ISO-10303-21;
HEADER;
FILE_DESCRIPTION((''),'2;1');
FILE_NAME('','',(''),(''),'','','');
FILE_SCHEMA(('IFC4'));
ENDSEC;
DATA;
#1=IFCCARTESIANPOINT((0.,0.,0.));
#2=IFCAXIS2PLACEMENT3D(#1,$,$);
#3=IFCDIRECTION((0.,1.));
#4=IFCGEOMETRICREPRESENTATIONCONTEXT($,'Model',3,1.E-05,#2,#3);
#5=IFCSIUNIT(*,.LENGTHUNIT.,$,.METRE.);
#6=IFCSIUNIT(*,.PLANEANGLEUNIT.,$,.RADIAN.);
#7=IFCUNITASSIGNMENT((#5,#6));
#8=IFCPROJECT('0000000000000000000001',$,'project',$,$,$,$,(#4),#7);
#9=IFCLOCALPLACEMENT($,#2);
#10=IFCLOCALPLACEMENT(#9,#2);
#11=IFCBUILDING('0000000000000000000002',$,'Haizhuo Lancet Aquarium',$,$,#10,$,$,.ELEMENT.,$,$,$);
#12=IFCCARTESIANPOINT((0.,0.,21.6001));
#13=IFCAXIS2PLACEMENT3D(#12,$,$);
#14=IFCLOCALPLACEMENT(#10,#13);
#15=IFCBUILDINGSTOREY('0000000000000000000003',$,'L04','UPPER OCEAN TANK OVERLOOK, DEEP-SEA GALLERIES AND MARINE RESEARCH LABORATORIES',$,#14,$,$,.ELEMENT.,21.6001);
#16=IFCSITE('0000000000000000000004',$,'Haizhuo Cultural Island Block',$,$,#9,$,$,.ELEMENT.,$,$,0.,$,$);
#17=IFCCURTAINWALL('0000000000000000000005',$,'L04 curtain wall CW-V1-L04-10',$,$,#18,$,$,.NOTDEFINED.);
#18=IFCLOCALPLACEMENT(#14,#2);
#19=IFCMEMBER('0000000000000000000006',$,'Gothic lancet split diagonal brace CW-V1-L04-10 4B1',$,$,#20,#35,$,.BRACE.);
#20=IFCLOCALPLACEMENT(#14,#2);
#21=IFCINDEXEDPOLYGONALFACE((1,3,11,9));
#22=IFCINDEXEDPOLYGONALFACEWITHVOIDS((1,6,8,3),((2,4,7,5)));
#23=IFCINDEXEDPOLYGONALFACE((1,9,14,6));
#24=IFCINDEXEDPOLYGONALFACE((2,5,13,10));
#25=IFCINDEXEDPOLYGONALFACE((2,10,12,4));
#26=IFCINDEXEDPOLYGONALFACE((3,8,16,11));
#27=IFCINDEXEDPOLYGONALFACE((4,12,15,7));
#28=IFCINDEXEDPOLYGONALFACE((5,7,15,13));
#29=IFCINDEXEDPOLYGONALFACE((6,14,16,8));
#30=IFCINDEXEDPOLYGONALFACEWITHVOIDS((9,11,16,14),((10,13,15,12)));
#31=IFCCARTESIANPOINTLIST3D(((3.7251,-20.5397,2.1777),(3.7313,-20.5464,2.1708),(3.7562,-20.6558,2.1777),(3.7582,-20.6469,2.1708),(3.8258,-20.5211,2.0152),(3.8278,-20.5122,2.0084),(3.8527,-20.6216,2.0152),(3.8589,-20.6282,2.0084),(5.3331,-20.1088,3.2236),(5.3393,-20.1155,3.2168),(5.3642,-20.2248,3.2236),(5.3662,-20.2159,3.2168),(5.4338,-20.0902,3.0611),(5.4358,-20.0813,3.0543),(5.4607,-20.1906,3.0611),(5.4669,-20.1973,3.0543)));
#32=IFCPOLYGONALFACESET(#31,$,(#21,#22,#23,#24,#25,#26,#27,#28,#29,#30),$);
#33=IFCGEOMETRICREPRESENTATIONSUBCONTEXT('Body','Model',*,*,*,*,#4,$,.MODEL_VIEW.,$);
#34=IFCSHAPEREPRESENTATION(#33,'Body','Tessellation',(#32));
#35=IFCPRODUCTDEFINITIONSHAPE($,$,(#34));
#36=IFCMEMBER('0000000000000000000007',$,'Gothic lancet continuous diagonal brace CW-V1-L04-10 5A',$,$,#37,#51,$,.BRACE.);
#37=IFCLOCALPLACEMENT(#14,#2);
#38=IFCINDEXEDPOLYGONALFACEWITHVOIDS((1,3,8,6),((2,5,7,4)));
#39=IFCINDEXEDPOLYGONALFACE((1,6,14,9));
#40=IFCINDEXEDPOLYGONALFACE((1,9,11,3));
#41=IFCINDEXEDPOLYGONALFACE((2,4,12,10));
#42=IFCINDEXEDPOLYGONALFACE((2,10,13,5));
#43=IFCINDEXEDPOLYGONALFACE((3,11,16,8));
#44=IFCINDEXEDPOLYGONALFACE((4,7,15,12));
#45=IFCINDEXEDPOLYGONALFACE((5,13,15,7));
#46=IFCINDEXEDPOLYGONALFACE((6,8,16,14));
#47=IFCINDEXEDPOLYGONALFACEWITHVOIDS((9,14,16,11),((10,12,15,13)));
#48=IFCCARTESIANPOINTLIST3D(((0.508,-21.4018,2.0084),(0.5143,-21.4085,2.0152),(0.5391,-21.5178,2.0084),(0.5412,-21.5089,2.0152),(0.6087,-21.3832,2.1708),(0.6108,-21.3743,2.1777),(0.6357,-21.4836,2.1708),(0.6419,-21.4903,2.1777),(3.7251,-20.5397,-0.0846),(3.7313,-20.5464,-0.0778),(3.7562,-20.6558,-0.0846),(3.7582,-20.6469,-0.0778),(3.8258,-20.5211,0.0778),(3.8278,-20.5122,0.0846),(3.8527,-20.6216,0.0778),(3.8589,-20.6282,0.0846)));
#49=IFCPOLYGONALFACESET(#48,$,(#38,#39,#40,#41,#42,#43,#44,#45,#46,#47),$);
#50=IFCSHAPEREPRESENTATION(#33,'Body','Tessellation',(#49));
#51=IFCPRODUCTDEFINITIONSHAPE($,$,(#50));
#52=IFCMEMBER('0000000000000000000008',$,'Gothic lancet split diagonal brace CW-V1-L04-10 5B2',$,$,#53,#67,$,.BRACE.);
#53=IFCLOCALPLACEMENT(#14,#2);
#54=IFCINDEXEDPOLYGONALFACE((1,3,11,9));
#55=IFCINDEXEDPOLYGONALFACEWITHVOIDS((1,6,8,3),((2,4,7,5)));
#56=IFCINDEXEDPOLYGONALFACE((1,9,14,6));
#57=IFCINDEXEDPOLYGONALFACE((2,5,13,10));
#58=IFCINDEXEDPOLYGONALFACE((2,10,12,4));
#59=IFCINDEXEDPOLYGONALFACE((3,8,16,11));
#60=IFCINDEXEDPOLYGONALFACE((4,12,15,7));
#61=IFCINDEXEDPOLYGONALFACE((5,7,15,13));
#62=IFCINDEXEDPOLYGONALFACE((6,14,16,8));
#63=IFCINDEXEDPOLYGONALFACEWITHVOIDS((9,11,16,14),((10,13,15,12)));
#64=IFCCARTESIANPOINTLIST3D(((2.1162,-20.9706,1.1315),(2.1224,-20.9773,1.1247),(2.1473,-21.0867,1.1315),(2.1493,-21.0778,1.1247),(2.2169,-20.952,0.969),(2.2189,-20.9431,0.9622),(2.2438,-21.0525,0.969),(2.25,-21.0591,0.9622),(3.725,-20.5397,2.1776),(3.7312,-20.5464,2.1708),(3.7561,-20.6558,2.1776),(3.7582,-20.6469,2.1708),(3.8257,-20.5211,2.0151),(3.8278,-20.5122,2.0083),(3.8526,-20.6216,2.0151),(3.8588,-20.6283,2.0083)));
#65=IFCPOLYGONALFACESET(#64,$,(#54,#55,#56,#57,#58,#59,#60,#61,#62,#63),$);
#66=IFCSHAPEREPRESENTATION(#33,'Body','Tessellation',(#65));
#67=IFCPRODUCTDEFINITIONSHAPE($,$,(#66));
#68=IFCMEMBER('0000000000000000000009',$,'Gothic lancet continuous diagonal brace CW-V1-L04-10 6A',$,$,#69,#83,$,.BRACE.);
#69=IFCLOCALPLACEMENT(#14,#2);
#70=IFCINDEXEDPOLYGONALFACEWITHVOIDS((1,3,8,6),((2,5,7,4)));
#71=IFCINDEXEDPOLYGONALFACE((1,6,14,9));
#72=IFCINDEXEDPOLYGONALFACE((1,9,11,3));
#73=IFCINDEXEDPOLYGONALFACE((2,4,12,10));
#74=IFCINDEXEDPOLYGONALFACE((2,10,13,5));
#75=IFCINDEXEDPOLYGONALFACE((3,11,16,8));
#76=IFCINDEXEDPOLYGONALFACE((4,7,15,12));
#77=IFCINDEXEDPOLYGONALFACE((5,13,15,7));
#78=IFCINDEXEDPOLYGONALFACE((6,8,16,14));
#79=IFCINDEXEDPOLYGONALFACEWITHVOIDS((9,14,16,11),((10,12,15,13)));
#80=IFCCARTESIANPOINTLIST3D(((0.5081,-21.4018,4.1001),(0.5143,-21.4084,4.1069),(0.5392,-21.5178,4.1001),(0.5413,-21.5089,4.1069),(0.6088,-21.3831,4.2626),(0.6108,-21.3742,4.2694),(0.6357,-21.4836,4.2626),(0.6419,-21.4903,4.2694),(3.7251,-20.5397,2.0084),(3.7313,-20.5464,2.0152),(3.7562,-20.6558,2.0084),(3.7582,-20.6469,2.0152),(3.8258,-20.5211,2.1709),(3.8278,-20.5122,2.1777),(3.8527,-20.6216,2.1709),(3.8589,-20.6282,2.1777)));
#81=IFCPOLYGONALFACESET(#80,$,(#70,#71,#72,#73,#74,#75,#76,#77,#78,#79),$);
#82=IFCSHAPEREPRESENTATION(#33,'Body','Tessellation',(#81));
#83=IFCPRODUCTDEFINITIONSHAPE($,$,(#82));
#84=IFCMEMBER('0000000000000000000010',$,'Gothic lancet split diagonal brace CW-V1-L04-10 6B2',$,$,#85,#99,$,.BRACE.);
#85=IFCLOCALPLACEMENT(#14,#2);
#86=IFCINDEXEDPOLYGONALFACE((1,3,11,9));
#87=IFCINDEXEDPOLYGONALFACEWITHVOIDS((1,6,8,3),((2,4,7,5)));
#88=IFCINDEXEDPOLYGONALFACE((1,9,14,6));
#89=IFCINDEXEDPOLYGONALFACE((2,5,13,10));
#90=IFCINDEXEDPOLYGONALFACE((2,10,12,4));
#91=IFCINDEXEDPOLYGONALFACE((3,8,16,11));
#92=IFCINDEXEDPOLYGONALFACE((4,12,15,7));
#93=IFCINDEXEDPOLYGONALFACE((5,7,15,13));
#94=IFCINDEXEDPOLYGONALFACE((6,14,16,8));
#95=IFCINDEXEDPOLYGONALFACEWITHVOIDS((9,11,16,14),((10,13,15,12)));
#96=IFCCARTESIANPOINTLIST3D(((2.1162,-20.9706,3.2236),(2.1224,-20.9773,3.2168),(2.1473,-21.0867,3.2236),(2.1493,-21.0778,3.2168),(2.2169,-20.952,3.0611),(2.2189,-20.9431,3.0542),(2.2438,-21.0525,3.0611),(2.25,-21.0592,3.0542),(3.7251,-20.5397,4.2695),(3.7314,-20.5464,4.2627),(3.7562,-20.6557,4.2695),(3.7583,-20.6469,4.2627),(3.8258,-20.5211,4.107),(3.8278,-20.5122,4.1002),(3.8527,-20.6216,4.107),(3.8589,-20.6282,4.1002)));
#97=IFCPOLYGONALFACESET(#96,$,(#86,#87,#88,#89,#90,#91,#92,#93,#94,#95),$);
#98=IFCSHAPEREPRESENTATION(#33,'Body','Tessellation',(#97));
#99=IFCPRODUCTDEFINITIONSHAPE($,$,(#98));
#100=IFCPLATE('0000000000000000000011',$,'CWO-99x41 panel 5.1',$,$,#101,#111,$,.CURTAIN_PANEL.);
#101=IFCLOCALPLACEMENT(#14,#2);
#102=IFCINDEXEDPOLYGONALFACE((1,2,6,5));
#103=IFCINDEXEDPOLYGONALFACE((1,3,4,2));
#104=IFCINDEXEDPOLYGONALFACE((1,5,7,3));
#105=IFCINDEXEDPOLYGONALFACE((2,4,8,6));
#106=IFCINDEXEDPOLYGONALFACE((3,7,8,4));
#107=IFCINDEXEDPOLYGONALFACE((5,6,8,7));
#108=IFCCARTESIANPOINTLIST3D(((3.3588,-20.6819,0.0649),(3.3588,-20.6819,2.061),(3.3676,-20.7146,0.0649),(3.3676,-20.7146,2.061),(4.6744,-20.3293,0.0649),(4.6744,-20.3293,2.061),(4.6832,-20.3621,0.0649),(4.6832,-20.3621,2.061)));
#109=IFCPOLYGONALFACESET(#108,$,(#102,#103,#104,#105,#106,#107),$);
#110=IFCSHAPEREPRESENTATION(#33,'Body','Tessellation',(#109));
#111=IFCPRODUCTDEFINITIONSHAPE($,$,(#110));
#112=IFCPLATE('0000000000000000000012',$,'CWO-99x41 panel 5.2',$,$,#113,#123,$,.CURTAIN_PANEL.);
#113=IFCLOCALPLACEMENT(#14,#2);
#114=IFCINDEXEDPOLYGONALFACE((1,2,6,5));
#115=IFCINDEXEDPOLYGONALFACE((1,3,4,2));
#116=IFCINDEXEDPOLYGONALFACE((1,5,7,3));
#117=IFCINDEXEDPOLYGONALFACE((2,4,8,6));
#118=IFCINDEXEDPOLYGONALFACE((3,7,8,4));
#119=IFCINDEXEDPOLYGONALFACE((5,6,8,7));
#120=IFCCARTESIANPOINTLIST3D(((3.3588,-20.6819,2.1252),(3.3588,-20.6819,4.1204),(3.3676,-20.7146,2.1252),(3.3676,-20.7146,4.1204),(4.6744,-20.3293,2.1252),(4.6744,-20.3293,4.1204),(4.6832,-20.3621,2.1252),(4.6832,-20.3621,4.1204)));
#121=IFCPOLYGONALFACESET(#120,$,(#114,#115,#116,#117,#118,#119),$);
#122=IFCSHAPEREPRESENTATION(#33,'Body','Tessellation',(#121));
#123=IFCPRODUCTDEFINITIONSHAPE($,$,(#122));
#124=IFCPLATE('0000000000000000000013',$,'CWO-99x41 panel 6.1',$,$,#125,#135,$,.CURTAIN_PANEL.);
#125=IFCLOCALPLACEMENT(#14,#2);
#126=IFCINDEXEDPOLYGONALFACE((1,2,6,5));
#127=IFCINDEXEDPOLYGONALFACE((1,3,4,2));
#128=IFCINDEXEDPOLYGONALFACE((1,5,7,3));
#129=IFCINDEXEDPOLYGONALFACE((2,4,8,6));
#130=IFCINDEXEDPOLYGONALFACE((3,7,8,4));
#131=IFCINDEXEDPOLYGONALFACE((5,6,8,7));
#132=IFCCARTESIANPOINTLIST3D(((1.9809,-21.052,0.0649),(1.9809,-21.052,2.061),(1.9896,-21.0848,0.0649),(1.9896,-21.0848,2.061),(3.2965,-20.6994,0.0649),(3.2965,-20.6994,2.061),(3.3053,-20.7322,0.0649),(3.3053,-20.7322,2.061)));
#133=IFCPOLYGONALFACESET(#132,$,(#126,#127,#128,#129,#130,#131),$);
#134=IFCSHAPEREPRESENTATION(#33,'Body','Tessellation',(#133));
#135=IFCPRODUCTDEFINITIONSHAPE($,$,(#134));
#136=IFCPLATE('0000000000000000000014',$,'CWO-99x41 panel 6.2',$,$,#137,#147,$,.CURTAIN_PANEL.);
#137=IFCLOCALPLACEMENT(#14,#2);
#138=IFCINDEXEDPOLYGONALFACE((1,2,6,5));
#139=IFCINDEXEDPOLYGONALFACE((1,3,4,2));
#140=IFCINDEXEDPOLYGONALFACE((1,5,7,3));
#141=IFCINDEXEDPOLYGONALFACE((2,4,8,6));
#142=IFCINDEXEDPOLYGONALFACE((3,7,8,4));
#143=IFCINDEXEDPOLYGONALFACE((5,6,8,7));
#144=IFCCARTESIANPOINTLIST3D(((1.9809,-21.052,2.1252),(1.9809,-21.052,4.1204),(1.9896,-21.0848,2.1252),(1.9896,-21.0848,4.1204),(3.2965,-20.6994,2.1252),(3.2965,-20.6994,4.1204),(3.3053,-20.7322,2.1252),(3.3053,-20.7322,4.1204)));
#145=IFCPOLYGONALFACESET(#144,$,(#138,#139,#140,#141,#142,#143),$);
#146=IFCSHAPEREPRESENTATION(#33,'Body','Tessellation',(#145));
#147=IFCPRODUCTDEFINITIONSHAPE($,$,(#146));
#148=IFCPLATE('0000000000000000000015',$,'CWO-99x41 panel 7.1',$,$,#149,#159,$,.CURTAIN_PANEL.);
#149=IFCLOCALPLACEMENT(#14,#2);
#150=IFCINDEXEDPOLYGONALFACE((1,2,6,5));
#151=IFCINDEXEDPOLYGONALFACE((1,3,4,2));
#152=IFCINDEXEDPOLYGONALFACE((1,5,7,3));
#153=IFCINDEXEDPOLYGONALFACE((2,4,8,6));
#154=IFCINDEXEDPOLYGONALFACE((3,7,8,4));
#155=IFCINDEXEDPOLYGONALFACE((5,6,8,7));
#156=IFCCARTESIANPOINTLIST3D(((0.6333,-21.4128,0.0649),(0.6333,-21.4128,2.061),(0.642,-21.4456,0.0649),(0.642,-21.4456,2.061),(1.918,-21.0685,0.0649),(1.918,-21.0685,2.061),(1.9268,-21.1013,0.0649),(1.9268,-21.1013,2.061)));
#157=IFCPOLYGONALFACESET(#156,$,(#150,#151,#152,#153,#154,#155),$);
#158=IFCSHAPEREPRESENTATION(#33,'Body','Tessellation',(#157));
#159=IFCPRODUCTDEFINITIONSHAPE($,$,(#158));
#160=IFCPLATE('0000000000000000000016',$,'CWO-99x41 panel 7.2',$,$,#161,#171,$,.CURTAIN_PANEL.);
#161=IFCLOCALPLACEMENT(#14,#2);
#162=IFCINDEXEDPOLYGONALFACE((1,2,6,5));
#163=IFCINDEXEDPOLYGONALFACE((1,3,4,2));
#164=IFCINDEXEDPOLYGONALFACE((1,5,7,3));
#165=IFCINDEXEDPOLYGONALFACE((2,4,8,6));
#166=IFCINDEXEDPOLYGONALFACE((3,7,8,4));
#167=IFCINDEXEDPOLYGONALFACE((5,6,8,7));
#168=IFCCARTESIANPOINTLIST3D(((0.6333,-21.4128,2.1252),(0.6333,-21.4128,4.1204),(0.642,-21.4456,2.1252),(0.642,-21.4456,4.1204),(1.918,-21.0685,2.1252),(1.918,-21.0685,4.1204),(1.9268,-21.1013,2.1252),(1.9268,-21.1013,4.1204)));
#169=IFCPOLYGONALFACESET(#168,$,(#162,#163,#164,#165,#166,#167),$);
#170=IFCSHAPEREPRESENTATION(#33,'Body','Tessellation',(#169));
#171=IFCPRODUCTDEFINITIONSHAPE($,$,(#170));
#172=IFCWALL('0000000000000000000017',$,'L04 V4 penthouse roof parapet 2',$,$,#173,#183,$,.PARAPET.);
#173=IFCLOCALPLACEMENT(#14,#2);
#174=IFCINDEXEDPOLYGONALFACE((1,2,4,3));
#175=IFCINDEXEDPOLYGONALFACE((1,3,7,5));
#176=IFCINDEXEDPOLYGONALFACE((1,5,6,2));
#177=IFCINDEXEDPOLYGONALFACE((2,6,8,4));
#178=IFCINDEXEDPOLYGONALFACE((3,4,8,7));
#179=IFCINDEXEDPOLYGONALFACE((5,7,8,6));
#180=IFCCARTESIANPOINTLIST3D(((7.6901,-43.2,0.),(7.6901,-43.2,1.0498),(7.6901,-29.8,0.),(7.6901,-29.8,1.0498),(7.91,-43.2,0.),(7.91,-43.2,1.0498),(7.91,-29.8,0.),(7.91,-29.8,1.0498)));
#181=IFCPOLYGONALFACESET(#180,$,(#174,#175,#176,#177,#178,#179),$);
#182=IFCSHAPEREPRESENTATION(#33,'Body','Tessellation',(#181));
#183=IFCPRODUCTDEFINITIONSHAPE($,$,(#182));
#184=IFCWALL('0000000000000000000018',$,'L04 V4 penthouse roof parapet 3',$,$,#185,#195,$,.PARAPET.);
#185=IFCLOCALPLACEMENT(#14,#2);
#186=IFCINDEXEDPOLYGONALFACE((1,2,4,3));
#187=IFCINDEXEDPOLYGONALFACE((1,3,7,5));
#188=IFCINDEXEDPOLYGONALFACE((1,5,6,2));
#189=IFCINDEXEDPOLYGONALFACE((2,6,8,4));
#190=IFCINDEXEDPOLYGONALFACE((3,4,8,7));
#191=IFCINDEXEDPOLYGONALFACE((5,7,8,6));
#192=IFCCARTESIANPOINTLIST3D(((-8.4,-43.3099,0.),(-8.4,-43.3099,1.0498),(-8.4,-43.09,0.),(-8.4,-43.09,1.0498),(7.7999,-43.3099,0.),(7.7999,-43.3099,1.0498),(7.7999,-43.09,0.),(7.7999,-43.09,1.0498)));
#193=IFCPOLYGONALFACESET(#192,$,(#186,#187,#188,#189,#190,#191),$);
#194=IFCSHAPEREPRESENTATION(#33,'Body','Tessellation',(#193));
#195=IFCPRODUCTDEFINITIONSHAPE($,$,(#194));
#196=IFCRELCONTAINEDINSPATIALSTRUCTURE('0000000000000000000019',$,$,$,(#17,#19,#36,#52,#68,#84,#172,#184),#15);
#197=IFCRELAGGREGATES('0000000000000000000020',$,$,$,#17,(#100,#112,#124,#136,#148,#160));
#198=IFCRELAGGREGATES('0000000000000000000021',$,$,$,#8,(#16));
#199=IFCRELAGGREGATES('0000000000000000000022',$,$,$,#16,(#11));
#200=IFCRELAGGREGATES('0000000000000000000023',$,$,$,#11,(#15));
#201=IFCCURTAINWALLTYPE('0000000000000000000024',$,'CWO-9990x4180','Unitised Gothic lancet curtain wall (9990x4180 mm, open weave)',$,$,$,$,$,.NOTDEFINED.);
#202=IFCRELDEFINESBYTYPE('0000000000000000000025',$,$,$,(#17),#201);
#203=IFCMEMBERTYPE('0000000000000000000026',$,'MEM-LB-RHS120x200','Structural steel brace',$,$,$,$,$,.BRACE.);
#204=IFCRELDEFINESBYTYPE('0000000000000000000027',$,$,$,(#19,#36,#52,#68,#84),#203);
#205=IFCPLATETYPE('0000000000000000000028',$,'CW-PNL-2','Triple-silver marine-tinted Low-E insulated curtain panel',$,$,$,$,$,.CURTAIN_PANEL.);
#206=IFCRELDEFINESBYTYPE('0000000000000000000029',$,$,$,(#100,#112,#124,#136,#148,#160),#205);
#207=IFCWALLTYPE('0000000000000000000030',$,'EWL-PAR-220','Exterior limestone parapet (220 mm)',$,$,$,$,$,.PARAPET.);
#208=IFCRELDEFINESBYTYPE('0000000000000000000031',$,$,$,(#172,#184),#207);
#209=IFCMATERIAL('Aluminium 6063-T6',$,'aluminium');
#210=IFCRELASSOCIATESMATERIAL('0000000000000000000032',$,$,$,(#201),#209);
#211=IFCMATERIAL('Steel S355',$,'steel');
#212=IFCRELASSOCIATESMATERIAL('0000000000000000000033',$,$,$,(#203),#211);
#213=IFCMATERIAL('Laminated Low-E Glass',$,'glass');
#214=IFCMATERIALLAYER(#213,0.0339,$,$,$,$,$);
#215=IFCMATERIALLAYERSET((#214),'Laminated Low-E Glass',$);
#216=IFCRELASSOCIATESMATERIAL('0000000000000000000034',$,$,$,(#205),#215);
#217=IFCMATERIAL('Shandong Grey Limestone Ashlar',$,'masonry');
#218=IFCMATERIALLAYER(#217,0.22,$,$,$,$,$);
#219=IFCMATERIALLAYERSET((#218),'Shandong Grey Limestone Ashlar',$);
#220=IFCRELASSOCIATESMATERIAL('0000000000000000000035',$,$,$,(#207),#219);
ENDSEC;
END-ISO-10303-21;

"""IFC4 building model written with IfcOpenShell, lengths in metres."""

from ifc_helpers import new_model, si_unit, direction, frame, frame_2d, origin, origin_2d, place, context, subcontext, project, spatial, rectangle, hollow_rectangle, extrude, material, layer, layer_set, material_profile, profile_set, type_object, element, aggregate, save


model = new_model("IFC4")

# Units and contexts
model_context = context("Model", 3, precision=1e-05, world=origin(), true_north=direction((0.0, 1.0)))
body_context = subcontext(model_context, "Body", "Model", "MODEL_VIEW")
ifc_project = project(units=[si_unit("LENGTHUNIT", "METRE"), si_unit("PLANEANGLEUNIT", "RADIAN")], contexts=[model_context])

# Site, building, storey
site_placement = place(None, origin())
site = spatial("IfcSite", under=ifc_project, at=site_placement, Name="Haizhuo Cultural Island Block", CompositionType="ELEMENT", RefElevation=0.0)
building_placement = place(site_placement, origin())
building = spatial("IfcBuilding", under=site, at=building_placement, Name="Haizhuo Lancet Aquarium", CompositionType="ELEMENT")
storey_placement = place(building_placement, frame((0.0, 0.0, 21.6001)))
storey = spatial("IfcBuildingStorey", under=building, at=storey_placement, Name="L04", Description="UPPER OCEAN TANK OVERLOOK, DEEP-SEA GALLERIES AND MARINE RESEARCH LABORATORIES", CompositionType="ELEMENT", Elevation=21.6001)

# Curtain wall
ifc_material_1 = material(Name="Aluminium 6063-T6", Category="aluminium")
curtain_wall_type = type_object("IfcCurtainWallType", Name="CWO-9990x4180", Description="Unitised Gothic lancet curtain wall (9990x4180 mm, open weave)", PredefinedType="NOTDEFINED", material=ifc_material_1)
curtain_wall_placement = place(storey_placement, origin())
curtain_wall = element("IfcCurtainWall", 1, at=curtain_wall_placement, inside=storey, type_object=curtain_wall_type, Name="L04 curtain wall CW-V1-L04-10", PredefinedType="NOTDEFINED")

# Members
ifc_material_2 = material(Name="Steel S355", Category="steel")
ifc_material_profile_1 = material_profile(ifc_material_2, hollow_rectangle(XDim=0.1201, YDim=0.2, WallThickness=0.0081, at=origin_2d()), Name="RHS 120x200x8")
ifc_profile_set_1 = profile_set([ifc_material_profile_1], Name="Steel S355")
member_type_1 = type_object("IfcMemberType", Name="MEM-LB-RHS120x200", Description="Structural steel brace", PredefinedType="BRACE", material=ifc_profile_set_1)
member_1_placement = place(storey_placement, frame((3.792, -20.584, 2.093), z_axis=(0.817879, 0.219186, 0.532007), x_axis=(-0.258858, 0.965915, 0.0)))
element("IfcMember", 2, at=member_1_placement, inside=storey, type_object=member_type_1, Name="Gothic lancet split diagonal brace CW-V1-L04-10 4B1", PredefinedType="BRACE", context=body_context, shape_type="SweptSolid", body=[
    extrude(hollow_rectangle(XDim=0.1201, YDim=0.2, WallThickness=0.0081, at=origin_2d()), origin(), (0.0, 0.0, 1.0), 1.9661),
])
member_2_placement = place(storey_placement, frame((3.792, -20.584, 0.0), z_axis=(-0.817836, -0.219153, 0.532087), x_axis=(0.258835, -0.965922, 0.0)))
element("IfcMember", 3, at=member_2_placement, inside=storey, type_object=member_type_1, Name="Gothic lancet continuous diagonal brace CW-V1-L04-10 5A", PredefinedType="BRACE", context=body_context, shape_type="SweptSolid", body=[
    extrude(hollow_rectangle(XDim=0.1201, YDim=0.2, WallThickness=0.0081, at=origin_2d()), origin(), (0.0, 0.0, 1.0), 3.9336),
])
member_3_placement = place(storey_placement, frame((2.1831, -21.0149, 1.0469), z_axis=(0.81799, 0.219082, 0.53188), x_axis=(-0.258712, 0.965955, 0.0)))
element("IfcMember", 4, at=member_3_placement, inside=storey, type_object=member_type_1, Name="Gothic lancet split diagonal brace CW-V1-L04-10 5B2", PredefinedType="BRACE", context=body_context, shape_type="SweptSolid", body=[
    extrude(hollow_rectangle(XDim=0.1201, YDim=0.2, WallThickness=0.0081, at=origin_2d()), origin(), (0.0, 0.0, 1.0), 1.9668),
])
member_4_placement = place(storey_placement, frame((3.792, -20.584, 2.093), z_axis=(-0.817971, -0.219189, 0.531864), x_axis=(0.258835, -0.965922, 0.0)))
element("IfcMember", 5, at=member_4_placement, inside=storey, type_object=member_type_1, Name="Gothic lancet continuous diagonal brace CW-V1-L04-10 6A", PredefinedType="BRACE", context=body_context, shape_type="SweptSolid", body=[
    extrude(hollow_rectangle(XDim=0.1201, YDim=0.2, WallThickness=0.0081, at=origin_2d()), origin(), (0.0, 0.0, 1.0), 3.9329),
])
member_5_placement = place(storey_placement, frame((2.1831, -21.0149, 3.1389), z_axis=(0.818044, 0.219097, 0.53179), x_axis=(-0.258712, 0.965955, 0.0)))
element("IfcMember", 6, at=member_5_placement, inside=storey, type_object=member_type_1, Name="Gothic lancet split diagonal brace CW-V1-L04-10 6B2", PredefinedType="BRACE", context=body_context, shape_type="SweptSolid", body=[
    extrude(hollow_rectangle(XDim=0.1201, YDim=0.2, WallThickness=0.0081, at=origin_2d()), origin(), (0.0, 0.0, 1.0), 1.9668),
])

# Plates
ifc_material_3 = material(Name="Laminated Low-E Glass", Category="glass")
ifc_layer_1 = layer(ifc_material_3, 0.0339)
ifc_layer_set_1 = layer_set([ifc_layer_1], Name="Laminated Low-E Glass")
plate_type = type_object("IfcPlateType", Name="CW-PNL-2", Description="Triple-silver marine-tinted Low-E insulated curtain panel", PredefinedType="CURTAIN_PANEL", material=ifc_layer_set_1)
plate_1_placement = place(storey_placement, frame((4.021, -20.522, 0.0649), z_axis=(0.0, 0.0, 1.0), x_axis=(-0.965917, -0.258853, 0.0)))
plate_1 = element("IfcPlate", 7, at=plate_1_placement, type_object=plate_type, Name="CWO-99x41 panel 5.1", PredefinedType="CURTAIN_PANEL", context=body_context, shape_type="SweptSolid", body=[
    extrude(rectangle(XDim=1.3621, YDim=0.0339, at=origin_2d()), origin(), (0.0, 0.0, 1.0), 1.9961),
])
plate_2_placement = place(storey_placement, frame((4.021, -20.522, 2.1252), z_axis=(0.0, 0.0, 1.0), x_axis=(-0.965917, -0.258853, 0.0)))
plate_2 = element("IfcPlate", 8, at=plate_2_placement, type_object=plate_type, Name="CWO-99x41 panel 5.2", PredefinedType="CURTAIN_PANEL", context=body_context, shape_type="SweptSolid", body=[
    extrude(rectangle(XDim=1.3621, YDim=0.0339, at=origin_2d()), origin(), (0.0, 0.0, 1.0), 1.9951),
])
plate_3_placement = place(storey_placement, frame((2.6431, -20.8921, 0.0649), z_axis=(0.0, 0.0, 1.0), x_axis=(-0.965917, -0.258853, 0.0)))
plate_3 = element("IfcPlate", 9, at=plate_3_placement, type_object=plate_type, Name="CWO-99x41 panel 6.1", PredefinedType="CURTAIN_PANEL", context=body_context, shape_type="SweptSolid", body=[
    extrude(rectangle(XDim=1.3621, YDim=0.0339, at=origin_2d()), origin(), (0.0, 0.0, 1.0), 1.9961),
])
plate_4_placement = place(storey_placement, frame((2.6431, -20.8921, 2.1252), z_axis=(0.0, 0.0, 1.0), x_axis=(-0.965917, -0.258853, 0.0)))
plate_4 = element("IfcPlate", 10, at=plate_4_placement, type_object=plate_type, Name="CWO-99x41 panel 6.2", PredefinedType="CURTAIN_PANEL", context=body_context, shape_type="SweptSolid", body=[
    extrude(rectangle(XDim=1.3621, YDim=0.0339, at=origin_2d()), origin(), (0.0, 0.0, 1.0), 1.9951),
])
plate_5_placement = place(storey_placement, frame((1.28, -21.2571, 0.0649), z_axis=(0.0, 0.0, 1.0), x_axis=(-0.965917, -0.258853, 0.0)))
plate_5 = element("IfcPlate", 11, at=plate_5_placement, type_object=plate_type, Name="CWO-99x41 panel 7.1", PredefinedType="CURTAIN_PANEL", context=body_context, shape_type="SweptSolid", body=[
    extrude(rectangle(XDim=1.3301, YDim=0.0339, at=origin_2d()), origin(), (0.0, 0.0, 1.0), 1.9961),
])
plate_6_placement = place(storey_placement, frame((1.28, -21.2571, 2.1252), z_axis=(0.0, 0.0, 1.0), x_axis=(-0.965917, -0.258853, 0.0)))
plate_6 = element("IfcPlate", 12, at=plate_6_placement, type_object=plate_type, Name="CWO-99x41 panel 7.2", PredefinedType="CURTAIN_PANEL", context=body_context, shape_type="SweptSolid", body=[
    extrude(rectangle(XDim=1.3301, YDim=0.0339, at=origin_2d()), origin(), (0.0, 0.0, 1.0), 1.9951),
])
aggregate(curtain_wall, [plate_1, plate_2, plate_3, plate_4, plate_5, plate_6])

# Walls
ifc_material_4 = material(Name="Shandong Grey Limestone Ashlar", Category="masonry")
ifc_layer_2 = layer(ifc_material_4, 0.22)
ifc_layer_set_2 = layer_set([ifc_layer_2], Name="Shandong Grey Limestone Ashlar")
wall_type_1 = type_object("IfcWallType", Name="EWL-PAR-220", Description="Exterior limestone parapet (220 mm)", PredefinedType="PARAPET", material=ifc_layer_set_2)
wall_1_placement = place(storey_placement, frame((7.8, -29.8, 0.0), z_axis=(0.0, 0.0, 1.0), x_axis=(0.0, -1.0, 0.0)))
element("IfcWall", 13, at=wall_1_placement, inside=storey, type_object=wall_type_1, Name="L04 V4 penthouse roof parapet 2", PredefinedType="PARAPET", context=body_context, shape_type="SweptSolid", body=[
    extrude(rectangle(XDim=13.3999, YDim=0.22, at=frame_2d((6.7, 0.0))), origin(), (0.0, 0.0, 1.0), 1.0498),
])
wall_2_placement = place(storey_placement, frame((7.8, -43.2, 0.0), z_axis=(0.0, 0.0, 1.0), x_axis=(-1.0, 0.0, 0.0)))
element("IfcWall", 14, at=wall_2_placement, inside=storey, type_object=wall_type_1, Name="L04 V4 penthouse roof parapet 3", PredefinedType="PARAPET", context=body_context, shape_type="SweptSolid", body=[
    extrude(rectangle(XDim=16.2, YDim=0.22, at=frame_2d((8.1001, 0.0))), origin(), (0.0, 0.0, 1.0), 1.0498),
])

save(model, "model.ifc")
